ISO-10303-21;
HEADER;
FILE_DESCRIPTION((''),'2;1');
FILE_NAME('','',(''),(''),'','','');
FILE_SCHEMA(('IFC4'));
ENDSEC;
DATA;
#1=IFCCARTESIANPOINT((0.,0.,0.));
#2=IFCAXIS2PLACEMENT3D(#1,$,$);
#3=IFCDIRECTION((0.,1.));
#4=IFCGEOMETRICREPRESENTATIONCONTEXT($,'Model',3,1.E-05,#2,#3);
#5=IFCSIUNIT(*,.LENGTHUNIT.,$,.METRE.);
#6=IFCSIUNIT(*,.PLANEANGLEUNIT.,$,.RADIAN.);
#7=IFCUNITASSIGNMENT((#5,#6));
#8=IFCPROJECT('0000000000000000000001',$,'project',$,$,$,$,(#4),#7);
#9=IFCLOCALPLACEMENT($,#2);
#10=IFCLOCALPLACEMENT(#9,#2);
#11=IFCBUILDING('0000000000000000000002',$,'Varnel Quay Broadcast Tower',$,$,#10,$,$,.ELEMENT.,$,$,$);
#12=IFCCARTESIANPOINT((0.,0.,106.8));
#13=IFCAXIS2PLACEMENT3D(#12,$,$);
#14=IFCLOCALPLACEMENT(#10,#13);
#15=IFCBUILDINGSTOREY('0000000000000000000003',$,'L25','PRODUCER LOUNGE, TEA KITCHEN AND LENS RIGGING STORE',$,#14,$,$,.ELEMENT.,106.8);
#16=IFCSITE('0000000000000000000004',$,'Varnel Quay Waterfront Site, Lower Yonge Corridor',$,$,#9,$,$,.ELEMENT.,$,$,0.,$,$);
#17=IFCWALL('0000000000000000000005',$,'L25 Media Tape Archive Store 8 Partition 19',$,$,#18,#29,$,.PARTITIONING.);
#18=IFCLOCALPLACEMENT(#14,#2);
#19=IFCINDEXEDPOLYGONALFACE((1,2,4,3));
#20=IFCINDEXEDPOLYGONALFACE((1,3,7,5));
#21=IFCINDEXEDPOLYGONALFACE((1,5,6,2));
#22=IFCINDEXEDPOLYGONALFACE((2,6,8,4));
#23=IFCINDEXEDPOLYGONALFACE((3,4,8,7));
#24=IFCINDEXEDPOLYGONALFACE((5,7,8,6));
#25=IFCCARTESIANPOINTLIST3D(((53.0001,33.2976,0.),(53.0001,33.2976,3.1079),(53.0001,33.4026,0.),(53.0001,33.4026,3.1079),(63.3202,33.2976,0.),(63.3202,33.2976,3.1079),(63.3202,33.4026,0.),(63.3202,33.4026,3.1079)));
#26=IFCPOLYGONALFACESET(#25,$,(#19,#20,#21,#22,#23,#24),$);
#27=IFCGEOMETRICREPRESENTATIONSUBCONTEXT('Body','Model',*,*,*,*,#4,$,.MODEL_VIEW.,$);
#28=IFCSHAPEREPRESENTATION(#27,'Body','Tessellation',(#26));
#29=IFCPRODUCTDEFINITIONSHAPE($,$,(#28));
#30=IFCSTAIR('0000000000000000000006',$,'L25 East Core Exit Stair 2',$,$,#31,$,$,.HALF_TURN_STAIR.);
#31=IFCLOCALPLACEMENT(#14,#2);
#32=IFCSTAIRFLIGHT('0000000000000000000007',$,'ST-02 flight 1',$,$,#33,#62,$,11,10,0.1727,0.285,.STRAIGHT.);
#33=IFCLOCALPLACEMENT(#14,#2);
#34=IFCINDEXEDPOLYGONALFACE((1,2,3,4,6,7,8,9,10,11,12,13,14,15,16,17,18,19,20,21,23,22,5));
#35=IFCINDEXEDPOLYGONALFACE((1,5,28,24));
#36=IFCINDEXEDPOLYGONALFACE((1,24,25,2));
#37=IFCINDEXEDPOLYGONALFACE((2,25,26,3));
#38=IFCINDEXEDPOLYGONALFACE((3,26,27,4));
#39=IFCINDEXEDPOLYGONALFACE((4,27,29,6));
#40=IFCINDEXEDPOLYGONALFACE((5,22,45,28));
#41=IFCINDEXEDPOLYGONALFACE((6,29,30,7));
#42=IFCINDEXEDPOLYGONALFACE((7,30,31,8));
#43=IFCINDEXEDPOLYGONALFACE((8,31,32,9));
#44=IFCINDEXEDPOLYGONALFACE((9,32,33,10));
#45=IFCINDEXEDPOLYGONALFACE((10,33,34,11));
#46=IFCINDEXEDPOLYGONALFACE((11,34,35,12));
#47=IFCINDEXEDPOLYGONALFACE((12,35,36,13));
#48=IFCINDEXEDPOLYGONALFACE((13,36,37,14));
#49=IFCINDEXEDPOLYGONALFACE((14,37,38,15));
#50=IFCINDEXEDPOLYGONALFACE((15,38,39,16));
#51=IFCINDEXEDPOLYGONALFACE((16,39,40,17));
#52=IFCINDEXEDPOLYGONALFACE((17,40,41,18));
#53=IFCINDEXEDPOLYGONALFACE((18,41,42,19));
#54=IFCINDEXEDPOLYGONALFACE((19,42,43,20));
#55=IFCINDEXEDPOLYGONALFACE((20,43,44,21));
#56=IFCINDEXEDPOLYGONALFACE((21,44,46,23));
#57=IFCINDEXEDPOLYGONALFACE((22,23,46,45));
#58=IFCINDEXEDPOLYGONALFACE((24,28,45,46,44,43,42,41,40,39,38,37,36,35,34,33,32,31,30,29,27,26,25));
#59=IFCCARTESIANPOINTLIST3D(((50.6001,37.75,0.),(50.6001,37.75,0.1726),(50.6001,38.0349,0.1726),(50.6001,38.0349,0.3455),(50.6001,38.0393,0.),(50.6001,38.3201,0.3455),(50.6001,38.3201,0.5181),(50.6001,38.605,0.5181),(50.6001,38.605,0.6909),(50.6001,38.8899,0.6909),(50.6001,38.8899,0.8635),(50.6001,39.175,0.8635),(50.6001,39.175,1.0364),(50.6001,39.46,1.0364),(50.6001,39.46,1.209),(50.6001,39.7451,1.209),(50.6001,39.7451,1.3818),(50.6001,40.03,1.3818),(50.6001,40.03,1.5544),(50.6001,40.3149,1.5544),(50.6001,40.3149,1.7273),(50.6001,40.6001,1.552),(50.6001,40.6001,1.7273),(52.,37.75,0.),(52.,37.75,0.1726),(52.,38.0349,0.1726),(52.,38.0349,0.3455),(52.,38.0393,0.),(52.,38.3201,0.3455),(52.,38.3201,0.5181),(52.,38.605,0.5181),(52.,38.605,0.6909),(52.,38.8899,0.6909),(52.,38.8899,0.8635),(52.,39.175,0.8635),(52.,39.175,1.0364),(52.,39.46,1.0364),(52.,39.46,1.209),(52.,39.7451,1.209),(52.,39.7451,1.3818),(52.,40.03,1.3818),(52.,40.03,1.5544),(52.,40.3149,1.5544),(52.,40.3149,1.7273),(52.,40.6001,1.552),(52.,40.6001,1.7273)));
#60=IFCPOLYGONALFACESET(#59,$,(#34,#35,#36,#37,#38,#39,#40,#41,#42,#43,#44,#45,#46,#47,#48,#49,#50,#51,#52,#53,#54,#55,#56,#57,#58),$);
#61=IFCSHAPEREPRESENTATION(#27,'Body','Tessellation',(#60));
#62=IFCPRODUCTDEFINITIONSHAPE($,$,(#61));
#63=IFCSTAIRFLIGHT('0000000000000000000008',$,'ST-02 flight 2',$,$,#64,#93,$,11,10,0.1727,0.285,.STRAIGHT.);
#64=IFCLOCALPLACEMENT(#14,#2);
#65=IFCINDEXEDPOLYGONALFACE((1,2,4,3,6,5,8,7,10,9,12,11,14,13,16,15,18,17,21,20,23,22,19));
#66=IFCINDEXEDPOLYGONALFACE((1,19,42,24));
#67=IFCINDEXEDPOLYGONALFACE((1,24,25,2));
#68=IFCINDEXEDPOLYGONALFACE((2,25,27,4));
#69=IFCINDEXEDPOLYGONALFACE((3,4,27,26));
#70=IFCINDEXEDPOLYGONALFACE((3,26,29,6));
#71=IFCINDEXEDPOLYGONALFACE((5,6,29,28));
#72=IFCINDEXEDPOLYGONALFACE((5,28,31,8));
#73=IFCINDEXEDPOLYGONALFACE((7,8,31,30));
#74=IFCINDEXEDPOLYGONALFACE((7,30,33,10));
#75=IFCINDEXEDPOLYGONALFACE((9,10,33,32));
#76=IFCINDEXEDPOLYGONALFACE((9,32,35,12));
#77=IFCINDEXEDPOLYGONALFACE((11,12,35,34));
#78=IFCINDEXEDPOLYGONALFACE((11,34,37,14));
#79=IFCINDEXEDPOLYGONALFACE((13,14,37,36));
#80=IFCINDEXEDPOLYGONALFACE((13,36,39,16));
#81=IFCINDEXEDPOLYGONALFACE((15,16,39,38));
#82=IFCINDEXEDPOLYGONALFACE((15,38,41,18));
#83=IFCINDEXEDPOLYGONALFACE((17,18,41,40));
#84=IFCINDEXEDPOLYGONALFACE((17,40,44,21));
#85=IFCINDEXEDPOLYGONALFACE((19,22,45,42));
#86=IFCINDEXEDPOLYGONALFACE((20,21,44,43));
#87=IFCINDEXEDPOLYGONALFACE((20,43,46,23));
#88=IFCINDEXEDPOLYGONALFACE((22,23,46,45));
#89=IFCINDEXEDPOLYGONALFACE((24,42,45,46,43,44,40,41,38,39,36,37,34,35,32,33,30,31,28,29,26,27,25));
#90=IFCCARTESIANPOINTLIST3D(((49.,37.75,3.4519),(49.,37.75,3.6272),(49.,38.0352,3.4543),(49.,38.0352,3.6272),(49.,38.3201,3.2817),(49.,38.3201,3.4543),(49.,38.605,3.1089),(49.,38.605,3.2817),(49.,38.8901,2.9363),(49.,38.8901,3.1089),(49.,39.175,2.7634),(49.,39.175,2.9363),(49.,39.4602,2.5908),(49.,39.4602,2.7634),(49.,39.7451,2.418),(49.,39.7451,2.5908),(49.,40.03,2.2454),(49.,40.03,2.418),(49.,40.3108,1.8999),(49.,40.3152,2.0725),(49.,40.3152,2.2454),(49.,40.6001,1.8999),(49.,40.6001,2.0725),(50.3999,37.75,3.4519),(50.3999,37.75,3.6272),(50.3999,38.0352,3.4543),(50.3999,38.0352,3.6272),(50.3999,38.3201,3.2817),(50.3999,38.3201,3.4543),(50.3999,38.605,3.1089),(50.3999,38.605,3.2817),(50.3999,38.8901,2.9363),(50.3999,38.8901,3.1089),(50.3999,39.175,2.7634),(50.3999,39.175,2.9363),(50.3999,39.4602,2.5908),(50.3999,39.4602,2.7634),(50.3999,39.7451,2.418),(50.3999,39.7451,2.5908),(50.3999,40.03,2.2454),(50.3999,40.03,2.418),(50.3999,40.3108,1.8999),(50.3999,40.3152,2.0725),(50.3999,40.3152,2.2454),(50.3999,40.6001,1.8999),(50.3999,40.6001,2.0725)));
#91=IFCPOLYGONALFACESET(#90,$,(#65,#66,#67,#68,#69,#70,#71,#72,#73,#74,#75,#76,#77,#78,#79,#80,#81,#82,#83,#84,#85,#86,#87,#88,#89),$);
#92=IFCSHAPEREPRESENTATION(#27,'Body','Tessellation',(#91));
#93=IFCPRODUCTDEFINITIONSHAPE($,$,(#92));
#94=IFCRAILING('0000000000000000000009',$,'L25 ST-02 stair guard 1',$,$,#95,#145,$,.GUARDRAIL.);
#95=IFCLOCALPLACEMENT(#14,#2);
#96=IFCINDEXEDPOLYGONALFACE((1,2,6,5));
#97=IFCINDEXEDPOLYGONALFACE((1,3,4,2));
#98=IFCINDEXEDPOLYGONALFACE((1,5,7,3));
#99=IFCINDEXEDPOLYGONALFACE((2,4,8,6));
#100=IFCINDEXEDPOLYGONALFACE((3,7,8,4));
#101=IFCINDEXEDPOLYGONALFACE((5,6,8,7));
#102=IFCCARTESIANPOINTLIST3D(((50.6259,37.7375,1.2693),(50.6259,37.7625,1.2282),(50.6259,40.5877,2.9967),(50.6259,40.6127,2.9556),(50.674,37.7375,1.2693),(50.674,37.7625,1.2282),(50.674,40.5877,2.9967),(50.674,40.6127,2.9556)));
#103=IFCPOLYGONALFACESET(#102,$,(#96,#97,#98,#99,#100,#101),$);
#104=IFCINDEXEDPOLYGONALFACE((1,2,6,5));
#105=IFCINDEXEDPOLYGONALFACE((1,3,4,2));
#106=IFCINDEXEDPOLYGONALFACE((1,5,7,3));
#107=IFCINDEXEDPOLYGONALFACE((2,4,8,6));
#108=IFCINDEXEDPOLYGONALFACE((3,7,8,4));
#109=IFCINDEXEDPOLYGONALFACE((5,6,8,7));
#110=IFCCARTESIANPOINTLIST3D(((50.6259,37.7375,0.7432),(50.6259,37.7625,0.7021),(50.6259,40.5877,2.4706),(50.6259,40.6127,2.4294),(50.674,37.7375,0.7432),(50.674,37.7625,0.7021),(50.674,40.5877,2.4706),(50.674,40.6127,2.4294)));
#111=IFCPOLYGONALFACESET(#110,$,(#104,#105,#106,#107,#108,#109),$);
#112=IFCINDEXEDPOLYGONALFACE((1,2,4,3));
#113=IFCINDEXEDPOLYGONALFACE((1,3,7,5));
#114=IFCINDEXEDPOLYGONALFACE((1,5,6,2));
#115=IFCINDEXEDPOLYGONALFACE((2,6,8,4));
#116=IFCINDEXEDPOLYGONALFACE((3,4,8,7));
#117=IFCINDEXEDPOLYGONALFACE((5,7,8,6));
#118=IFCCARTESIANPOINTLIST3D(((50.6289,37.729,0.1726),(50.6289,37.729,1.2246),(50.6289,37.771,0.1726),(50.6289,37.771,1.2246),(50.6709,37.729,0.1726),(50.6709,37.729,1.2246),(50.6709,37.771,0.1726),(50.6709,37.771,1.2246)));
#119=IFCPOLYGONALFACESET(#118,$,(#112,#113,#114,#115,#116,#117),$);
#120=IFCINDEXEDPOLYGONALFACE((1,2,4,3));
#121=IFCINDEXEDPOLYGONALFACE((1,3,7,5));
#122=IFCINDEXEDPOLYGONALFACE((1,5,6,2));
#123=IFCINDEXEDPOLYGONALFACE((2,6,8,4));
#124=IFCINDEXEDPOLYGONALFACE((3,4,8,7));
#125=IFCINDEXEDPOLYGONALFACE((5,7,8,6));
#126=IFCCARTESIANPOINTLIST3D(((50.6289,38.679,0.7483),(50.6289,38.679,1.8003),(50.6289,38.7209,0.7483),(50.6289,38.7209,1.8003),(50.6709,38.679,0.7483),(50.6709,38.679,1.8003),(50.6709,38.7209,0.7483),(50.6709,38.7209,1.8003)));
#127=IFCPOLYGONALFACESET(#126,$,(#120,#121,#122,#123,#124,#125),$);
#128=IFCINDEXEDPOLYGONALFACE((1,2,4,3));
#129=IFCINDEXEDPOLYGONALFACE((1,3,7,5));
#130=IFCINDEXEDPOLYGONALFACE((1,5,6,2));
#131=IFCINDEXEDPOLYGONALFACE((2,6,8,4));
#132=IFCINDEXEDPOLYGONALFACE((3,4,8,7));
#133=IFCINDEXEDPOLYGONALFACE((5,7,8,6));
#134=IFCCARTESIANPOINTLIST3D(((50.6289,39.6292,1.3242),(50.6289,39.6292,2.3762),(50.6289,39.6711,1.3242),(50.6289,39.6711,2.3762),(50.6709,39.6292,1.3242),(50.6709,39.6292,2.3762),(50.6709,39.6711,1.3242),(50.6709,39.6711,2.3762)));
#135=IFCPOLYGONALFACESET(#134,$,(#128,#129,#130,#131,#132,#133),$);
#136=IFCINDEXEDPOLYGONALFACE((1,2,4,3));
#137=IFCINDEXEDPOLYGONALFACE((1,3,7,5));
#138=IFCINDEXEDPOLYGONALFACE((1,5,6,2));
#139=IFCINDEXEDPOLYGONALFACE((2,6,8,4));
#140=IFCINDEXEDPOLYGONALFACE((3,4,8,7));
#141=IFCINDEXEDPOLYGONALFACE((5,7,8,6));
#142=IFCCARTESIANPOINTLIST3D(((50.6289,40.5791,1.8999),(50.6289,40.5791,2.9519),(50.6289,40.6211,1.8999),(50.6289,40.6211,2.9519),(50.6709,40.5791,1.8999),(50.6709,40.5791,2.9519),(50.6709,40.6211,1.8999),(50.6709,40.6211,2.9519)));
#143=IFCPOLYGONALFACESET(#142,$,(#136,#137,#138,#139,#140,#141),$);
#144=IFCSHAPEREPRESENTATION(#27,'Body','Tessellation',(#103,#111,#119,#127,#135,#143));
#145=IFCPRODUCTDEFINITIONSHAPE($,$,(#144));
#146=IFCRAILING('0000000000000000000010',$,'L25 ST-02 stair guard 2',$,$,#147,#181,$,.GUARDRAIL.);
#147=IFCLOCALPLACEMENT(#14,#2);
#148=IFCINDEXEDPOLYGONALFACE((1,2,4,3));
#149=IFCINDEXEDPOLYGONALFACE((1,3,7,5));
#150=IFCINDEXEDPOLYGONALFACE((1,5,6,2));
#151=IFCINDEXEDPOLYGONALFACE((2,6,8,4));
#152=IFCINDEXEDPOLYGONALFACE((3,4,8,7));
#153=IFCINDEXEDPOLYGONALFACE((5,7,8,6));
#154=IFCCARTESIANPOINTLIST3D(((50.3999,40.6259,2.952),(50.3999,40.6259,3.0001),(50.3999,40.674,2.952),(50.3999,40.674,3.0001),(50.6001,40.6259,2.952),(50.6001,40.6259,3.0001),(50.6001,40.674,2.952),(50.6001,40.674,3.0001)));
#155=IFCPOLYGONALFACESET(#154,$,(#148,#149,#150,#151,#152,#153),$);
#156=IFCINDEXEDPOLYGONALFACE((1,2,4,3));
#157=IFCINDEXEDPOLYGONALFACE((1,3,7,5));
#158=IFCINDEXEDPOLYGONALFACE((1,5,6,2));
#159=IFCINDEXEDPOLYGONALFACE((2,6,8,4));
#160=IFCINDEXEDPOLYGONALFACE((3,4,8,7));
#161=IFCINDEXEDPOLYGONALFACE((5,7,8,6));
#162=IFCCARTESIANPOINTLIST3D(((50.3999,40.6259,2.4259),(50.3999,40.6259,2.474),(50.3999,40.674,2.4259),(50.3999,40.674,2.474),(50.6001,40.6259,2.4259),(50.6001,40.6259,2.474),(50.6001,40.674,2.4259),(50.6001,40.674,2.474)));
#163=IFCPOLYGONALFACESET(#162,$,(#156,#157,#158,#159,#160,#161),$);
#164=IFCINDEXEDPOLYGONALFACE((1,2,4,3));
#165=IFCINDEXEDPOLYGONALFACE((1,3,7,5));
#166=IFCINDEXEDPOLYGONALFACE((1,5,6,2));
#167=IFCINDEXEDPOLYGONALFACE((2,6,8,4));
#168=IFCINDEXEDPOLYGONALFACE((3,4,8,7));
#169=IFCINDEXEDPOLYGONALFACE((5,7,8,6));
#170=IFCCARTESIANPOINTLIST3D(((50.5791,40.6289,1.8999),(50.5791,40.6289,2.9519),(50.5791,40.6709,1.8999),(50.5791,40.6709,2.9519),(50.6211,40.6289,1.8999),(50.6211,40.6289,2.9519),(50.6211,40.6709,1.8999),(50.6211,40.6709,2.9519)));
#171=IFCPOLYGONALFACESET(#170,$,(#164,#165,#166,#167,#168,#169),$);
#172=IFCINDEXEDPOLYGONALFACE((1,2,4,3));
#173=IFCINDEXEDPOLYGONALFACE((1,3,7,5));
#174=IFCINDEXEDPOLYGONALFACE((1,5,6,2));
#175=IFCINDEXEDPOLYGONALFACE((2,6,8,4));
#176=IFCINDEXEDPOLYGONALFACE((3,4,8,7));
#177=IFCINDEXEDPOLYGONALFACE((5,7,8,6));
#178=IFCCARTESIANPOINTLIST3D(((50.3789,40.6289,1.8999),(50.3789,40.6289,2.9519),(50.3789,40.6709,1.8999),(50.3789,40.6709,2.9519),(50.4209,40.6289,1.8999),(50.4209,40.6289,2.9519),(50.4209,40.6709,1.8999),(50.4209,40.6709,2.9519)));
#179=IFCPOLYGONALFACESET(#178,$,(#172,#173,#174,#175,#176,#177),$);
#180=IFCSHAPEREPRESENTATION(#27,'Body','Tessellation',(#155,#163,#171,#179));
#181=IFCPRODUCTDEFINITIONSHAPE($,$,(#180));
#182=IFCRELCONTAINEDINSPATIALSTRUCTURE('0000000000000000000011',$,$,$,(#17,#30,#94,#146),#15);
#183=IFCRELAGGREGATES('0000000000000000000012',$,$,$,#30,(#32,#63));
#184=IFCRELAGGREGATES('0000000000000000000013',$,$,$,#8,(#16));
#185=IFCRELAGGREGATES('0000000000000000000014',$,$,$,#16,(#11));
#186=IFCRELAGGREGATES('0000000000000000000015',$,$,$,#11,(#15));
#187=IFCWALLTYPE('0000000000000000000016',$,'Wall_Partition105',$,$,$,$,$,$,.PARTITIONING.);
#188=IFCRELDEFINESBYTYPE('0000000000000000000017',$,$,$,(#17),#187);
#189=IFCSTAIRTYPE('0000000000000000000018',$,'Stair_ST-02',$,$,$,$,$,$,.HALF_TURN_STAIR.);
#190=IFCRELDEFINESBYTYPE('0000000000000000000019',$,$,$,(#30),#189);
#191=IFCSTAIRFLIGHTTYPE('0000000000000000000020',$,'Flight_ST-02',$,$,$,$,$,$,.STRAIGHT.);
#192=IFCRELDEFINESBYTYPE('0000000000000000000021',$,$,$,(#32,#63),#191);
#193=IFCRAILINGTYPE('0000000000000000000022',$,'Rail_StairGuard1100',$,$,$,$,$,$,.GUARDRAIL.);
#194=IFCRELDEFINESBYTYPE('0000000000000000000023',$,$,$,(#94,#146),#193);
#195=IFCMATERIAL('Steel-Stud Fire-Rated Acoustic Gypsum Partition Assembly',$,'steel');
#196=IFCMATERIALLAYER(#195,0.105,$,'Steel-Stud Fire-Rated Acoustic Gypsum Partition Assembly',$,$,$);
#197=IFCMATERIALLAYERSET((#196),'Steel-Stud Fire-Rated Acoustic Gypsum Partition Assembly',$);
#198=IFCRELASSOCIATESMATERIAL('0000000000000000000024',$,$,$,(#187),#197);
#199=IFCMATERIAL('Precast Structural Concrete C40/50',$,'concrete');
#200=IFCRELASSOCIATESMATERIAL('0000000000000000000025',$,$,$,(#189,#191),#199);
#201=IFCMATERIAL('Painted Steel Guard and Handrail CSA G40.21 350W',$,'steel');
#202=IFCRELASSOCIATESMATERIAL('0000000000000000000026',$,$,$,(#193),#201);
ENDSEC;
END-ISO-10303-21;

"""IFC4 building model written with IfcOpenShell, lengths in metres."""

from ifc_helpers import new_model, si_unit, direction, frame, frame_2d, origin, origin_2d, place, context, subcontext, project, spatial, polyline, rectangle, outline, extrude, material, layer, layer_set, type_object, element, aggregate, save


model = new_model("IFC4")

# Units and contexts
model_context = context("Model", 3, precision=1e-05, world=origin(), true_north=direction((0.0, 1.0)))
body_context = subcontext(model_context, "Body", "Model", "MODEL_VIEW")
ifc_project = project(units=[si_unit("LENGTHUNIT", "METRE"), si_unit("PLANEANGLEUNIT", "RADIAN")], contexts=[model_context])

# Site, building, storey
site_placement = place(None, origin())
site = spatial("IfcSite", under=ifc_project, at=site_placement, Name="Varnel Quay Waterfront Site, Lower Yonge Corridor", CompositionType="ELEMENT", RefElevation=0.0)
building_placement = place(site_placement, origin())
building = spatial("IfcBuilding", under=site, at=building_placement, Name="Varnel Quay Broadcast Tower", CompositionType="ELEMENT")
storey_placement = place(building_placement, frame((0.0, 0.0, 106.8)))
storey = spatial("IfcBuildingStorey", under=building, at=storey_placement, Name="L25", Description="PRODUCER LOUNGE, TEA KITCHEN AND LENS RIGGING STORE", CompositionType="ELEMENT", Elevation=106.8)

# Wall
ifc_material_1 = material(Name="Steel-Stud Fire-Rated Acoustic Gypsum Partition Assembly", Category="steel")
ifc_layer_1 = layer(ifc_material_1, 0.105, Name="Steel-Stud Fire-Rated Acoustic Gypsum Partition Assembly")
ifc_layer_set_1 = layer_set([ifc_layer_1], Name="Steel-Stud Fire-Rated Acoustic Gypsum Partition Assembly")
wall_type_1 = type_object("IfcWallType", Name="Wall_Partition105", PredefinedType="PARTITIONING", material=ifc_layer_set_1)
wall_1_placement = place(storey_placement, frame((53.0, 33.3501, 0.0), z_axis=(0.0, 0.0, 1.0), x_axis=(1.0, 0.0, 0.0)))
element("IfcWall", 1, at=wall_1_placement, inside=storey, type_object=wall_type_1, Name="L25 Media Tape Archive Store 8 Partition 19", PredefinedType="PARTITIONING", context=body_context, shape_type="SweptSolid", body=[
    extrude(rectangle(XDim=10.3201, YDim=0.105, at=frame_2d((5.1602, 0.0))), origin(), (0.0, 0.0, 1.0), 3.1079),
])

# Stair, stair flights
ifc_material_2 = material(Name="Precast Structural Concrete C40/50", Category="concrete")
stair_type = type_object("IfcStairType", Name="Stair_ST-02", PredefinedType="HALF_TURN_STAIR", material=ifc_material_2)
stair_placement = place(storey_placement, origin())
stair = element("IfcStair", 2, at=stair_placement, inside=storey, type_object=stair_type, Name="L25 East Core Exit Stair 2", PredefinedType="HALF_TURN_STAIR")
stair_flight_type = type_object("IfcStairFlightType", Name="Flight_ST-02", PredefinedType="STRAIGHT", material=ifc_material_2)
stair_flight_1_placement = place(storey_placement, frame((51.3, 37.75, 0.0), z_axis=(0.0, 0.0, 1.0), x_axis=(0.0, 1.0, 0.0)))
stair_flight_1 = element("IfcStairFlight", 3, at=stair_flight_1_placement, type_object=stair_flight_type, Name="ST-02 flight 1", NumberOfRisers=11, NumberOfTreads=10, PredefinedType="STRAIGHT", RiserHeight=0.1727, TreadLength=0.285, context=body_context, shape_type="SweptSolid", body=[
    extrude(outline(polyline([(0.0, 0.0), (0.0, 0.1726), (0.2849, 0.1726), (0.2849, 0.3455), (0.5701, 0.3455), (0.5701, 0.5181), (0.855, 0.5181), (0.855, 0.6909), (1.1399, 0.6909), (1.1399, 0.8635), (1.425, 0.8635), (1.425, 1.0364), (1.71, 1.0364), (1.71, 1.209), (1.9951, 1.209), (1.9951, 1.3818), (2.28, 1.3818), (2.28, 1.5544), (2.5649, 1.5544), (2.5649, 1.7273), (2.8501, 1.7273), (2.8501, 1.8999), (2.8501, 1.552), (0.2893, 0.0), (0.0, 0.0)])), frame((0.0, 0.7, 0.0), z_axis=(0.0, -1.0, 0.0), x_axis=(1.0, 0.0, 0.0)), (0.0, 0.0, 1.0), 1.3999),
])
stair_flight_2_placement = place(storey_placement, frame((49.7, 40.6001, 1.8999), z_axis=(0.0, 0.0, 1.0), x_axis=(0.0, -1.0, 0.0)))
stair_flight_2 = element("IfcStairFlight", 4, at=stair_flight_2_placement, type_object=stair_flight_type, Name="ST-02 flight 2", NumberOfRisers=11, NumberOfTreads=10, PredefinedType="STRAIGHT", RiserHeight=0.1727, TreadLength=0.285, context=body_context, shape_type="SweptSolid", body=[
    extrude(outline(polyline([(0.0, 0.0), (0.0, 0.1726), (0.2849, 0.1726), (0.2849, 0.3455), (0.5701, 0.3455), (0.5701, 0.5181), (0.855, 0.5181), (0.855, 0.6909), (1.1399, 0.6909), (1.1399, 0.8635), (1.425, 0.8635), (1.425, 1.0364), (1.71, 1.0364), (1.71, 1.209), (1.9951, 1.209), (1.9951, 1.3818), (2.28, 1.3818), (2.28, 1.5544), (2.5649, 1.5544), (2.5649, 1.7273), (2.8501, 1.7273), (2.8501, 1.8999), (2.8501, 1.552), (0.2893, 0.0), (0.0, 0.0)])), frame((0.0, 0.7, 0.0), z_axis=(0.0, -1.0, 0.0), x_axis=(1.0, 0.0, 0.0)), (0.0, 0.0, 1.0), 1.3999),
])
aggregate(stair, [stair_flight_1, stair_flight_2])

# Railings
ifc_material_3 = material(Name="Painted Steel Guard and Handrail CSA G40.21 350W", Category="steel")
railing_type_1 = type_object("IfcRailingType", Name="Rail_StairGuard1100", PredefinedType="GUARDRAIL", material=ifc_material_3)
railing_1_placement = place(storey_placement, frame((50.6499, 37.75, 0.1726)))
element("IfcRailing", 5, at=railing_1_placement, inside=storey, type_object=railing_type_1, Name="L25 ST-02 stair guard 1", PredefinedType="GUARDRAIL", context=body_context, shape_type="SweptSolid", body=[
    extrude(rectangle(XDim=0.0481, YDim=0.0481, at=origin_2d()), frame((0.0, 0.0, 1.0762), z_axis=(0.0, 0.855203, 0.518294), x_axis=(-1.0, 0.0, 0.0)), (0.0, 0.0, 1.0), 3.3328),
    extrude(rectangle(XDim=0.0481, YDim=0.0481, at=origin_2d()), frame((0.0, 0.0, 0.55), z_axis=(0.0, 0.855203, 0.518294), x_axis=(-1.0, 0.0, 0.0)), (0.0, 0.0, 1.0), 3.3328),
    extrude(rectangle(XDim=0.042, YDim=0.042, at=origin_2d()), origin(), (0.0, 0.0, 1.0), 1.052),
    extrude(rectangle(XDim=0.042, YDim=0.042, at=origin_2d()), frame((0.0, 0.95, 0.5757)), (0.0, 0.0, 1.0), 1.052),
    extrude(rectangle(XDim=0.042, YDim=0.042, at=origin_2d()), frame((0.0, 1.9001, 1.1516)), (0.0, 0.0, 1.0), 1.052),
    extrude(rectangle(XDim=0.042, YDim=0.042, at=origin_2d()), frame((0.0, 2.8501, 1.7273)), (0.0, 0.0, 1.0), 1.052),
])
railing_2_placement = place(storey_placement, frame((50.6001, 40.6499, 1.8999)))
element("IfcRailing", 6, at=railing_2_placement, inside=storey, type_object=railing_type_1, Name="L25 ST-02 stair guard 2", PredefinedType="GUARDRAIL", context=body_context, shape_type="SweptSolid", body=[
    extrude(rectangle(XDim=0.0481, YDim=0.0481, at=origin_2d()), frame((0.0, 0.0, 1.0762), z_axis=(-1.0, 0.0, 0.0), x_axis=(0.0, -1.0, 0.0)), (0.0, 0.0, 1.0), 0.2002),
    extrude(rectangle(XDim=0.0481, YDim=0.0481, at=origin_2d()), frame((0.0, 0.0, 0.55), z_axis=(-1.0, 0.0, 0.0), x_axis=(0.0, -1.0, 0.0)), (0.0, 0.0, 1.0), 0.2002),
    extrude(rectangle(XDim=0.042, YDim=0.042, at=origin_2d()), origin(), (0.0, 0.0, 1.0), 1.052),
    extrude(rectangle(XDim=0.042, YDim=0.042, at=origin_2d()), frame((-0.2002, 0.0, 0.0)), (0.0, 0.0, 1.0), 1.052),
])

save(model, "model.ifc")
